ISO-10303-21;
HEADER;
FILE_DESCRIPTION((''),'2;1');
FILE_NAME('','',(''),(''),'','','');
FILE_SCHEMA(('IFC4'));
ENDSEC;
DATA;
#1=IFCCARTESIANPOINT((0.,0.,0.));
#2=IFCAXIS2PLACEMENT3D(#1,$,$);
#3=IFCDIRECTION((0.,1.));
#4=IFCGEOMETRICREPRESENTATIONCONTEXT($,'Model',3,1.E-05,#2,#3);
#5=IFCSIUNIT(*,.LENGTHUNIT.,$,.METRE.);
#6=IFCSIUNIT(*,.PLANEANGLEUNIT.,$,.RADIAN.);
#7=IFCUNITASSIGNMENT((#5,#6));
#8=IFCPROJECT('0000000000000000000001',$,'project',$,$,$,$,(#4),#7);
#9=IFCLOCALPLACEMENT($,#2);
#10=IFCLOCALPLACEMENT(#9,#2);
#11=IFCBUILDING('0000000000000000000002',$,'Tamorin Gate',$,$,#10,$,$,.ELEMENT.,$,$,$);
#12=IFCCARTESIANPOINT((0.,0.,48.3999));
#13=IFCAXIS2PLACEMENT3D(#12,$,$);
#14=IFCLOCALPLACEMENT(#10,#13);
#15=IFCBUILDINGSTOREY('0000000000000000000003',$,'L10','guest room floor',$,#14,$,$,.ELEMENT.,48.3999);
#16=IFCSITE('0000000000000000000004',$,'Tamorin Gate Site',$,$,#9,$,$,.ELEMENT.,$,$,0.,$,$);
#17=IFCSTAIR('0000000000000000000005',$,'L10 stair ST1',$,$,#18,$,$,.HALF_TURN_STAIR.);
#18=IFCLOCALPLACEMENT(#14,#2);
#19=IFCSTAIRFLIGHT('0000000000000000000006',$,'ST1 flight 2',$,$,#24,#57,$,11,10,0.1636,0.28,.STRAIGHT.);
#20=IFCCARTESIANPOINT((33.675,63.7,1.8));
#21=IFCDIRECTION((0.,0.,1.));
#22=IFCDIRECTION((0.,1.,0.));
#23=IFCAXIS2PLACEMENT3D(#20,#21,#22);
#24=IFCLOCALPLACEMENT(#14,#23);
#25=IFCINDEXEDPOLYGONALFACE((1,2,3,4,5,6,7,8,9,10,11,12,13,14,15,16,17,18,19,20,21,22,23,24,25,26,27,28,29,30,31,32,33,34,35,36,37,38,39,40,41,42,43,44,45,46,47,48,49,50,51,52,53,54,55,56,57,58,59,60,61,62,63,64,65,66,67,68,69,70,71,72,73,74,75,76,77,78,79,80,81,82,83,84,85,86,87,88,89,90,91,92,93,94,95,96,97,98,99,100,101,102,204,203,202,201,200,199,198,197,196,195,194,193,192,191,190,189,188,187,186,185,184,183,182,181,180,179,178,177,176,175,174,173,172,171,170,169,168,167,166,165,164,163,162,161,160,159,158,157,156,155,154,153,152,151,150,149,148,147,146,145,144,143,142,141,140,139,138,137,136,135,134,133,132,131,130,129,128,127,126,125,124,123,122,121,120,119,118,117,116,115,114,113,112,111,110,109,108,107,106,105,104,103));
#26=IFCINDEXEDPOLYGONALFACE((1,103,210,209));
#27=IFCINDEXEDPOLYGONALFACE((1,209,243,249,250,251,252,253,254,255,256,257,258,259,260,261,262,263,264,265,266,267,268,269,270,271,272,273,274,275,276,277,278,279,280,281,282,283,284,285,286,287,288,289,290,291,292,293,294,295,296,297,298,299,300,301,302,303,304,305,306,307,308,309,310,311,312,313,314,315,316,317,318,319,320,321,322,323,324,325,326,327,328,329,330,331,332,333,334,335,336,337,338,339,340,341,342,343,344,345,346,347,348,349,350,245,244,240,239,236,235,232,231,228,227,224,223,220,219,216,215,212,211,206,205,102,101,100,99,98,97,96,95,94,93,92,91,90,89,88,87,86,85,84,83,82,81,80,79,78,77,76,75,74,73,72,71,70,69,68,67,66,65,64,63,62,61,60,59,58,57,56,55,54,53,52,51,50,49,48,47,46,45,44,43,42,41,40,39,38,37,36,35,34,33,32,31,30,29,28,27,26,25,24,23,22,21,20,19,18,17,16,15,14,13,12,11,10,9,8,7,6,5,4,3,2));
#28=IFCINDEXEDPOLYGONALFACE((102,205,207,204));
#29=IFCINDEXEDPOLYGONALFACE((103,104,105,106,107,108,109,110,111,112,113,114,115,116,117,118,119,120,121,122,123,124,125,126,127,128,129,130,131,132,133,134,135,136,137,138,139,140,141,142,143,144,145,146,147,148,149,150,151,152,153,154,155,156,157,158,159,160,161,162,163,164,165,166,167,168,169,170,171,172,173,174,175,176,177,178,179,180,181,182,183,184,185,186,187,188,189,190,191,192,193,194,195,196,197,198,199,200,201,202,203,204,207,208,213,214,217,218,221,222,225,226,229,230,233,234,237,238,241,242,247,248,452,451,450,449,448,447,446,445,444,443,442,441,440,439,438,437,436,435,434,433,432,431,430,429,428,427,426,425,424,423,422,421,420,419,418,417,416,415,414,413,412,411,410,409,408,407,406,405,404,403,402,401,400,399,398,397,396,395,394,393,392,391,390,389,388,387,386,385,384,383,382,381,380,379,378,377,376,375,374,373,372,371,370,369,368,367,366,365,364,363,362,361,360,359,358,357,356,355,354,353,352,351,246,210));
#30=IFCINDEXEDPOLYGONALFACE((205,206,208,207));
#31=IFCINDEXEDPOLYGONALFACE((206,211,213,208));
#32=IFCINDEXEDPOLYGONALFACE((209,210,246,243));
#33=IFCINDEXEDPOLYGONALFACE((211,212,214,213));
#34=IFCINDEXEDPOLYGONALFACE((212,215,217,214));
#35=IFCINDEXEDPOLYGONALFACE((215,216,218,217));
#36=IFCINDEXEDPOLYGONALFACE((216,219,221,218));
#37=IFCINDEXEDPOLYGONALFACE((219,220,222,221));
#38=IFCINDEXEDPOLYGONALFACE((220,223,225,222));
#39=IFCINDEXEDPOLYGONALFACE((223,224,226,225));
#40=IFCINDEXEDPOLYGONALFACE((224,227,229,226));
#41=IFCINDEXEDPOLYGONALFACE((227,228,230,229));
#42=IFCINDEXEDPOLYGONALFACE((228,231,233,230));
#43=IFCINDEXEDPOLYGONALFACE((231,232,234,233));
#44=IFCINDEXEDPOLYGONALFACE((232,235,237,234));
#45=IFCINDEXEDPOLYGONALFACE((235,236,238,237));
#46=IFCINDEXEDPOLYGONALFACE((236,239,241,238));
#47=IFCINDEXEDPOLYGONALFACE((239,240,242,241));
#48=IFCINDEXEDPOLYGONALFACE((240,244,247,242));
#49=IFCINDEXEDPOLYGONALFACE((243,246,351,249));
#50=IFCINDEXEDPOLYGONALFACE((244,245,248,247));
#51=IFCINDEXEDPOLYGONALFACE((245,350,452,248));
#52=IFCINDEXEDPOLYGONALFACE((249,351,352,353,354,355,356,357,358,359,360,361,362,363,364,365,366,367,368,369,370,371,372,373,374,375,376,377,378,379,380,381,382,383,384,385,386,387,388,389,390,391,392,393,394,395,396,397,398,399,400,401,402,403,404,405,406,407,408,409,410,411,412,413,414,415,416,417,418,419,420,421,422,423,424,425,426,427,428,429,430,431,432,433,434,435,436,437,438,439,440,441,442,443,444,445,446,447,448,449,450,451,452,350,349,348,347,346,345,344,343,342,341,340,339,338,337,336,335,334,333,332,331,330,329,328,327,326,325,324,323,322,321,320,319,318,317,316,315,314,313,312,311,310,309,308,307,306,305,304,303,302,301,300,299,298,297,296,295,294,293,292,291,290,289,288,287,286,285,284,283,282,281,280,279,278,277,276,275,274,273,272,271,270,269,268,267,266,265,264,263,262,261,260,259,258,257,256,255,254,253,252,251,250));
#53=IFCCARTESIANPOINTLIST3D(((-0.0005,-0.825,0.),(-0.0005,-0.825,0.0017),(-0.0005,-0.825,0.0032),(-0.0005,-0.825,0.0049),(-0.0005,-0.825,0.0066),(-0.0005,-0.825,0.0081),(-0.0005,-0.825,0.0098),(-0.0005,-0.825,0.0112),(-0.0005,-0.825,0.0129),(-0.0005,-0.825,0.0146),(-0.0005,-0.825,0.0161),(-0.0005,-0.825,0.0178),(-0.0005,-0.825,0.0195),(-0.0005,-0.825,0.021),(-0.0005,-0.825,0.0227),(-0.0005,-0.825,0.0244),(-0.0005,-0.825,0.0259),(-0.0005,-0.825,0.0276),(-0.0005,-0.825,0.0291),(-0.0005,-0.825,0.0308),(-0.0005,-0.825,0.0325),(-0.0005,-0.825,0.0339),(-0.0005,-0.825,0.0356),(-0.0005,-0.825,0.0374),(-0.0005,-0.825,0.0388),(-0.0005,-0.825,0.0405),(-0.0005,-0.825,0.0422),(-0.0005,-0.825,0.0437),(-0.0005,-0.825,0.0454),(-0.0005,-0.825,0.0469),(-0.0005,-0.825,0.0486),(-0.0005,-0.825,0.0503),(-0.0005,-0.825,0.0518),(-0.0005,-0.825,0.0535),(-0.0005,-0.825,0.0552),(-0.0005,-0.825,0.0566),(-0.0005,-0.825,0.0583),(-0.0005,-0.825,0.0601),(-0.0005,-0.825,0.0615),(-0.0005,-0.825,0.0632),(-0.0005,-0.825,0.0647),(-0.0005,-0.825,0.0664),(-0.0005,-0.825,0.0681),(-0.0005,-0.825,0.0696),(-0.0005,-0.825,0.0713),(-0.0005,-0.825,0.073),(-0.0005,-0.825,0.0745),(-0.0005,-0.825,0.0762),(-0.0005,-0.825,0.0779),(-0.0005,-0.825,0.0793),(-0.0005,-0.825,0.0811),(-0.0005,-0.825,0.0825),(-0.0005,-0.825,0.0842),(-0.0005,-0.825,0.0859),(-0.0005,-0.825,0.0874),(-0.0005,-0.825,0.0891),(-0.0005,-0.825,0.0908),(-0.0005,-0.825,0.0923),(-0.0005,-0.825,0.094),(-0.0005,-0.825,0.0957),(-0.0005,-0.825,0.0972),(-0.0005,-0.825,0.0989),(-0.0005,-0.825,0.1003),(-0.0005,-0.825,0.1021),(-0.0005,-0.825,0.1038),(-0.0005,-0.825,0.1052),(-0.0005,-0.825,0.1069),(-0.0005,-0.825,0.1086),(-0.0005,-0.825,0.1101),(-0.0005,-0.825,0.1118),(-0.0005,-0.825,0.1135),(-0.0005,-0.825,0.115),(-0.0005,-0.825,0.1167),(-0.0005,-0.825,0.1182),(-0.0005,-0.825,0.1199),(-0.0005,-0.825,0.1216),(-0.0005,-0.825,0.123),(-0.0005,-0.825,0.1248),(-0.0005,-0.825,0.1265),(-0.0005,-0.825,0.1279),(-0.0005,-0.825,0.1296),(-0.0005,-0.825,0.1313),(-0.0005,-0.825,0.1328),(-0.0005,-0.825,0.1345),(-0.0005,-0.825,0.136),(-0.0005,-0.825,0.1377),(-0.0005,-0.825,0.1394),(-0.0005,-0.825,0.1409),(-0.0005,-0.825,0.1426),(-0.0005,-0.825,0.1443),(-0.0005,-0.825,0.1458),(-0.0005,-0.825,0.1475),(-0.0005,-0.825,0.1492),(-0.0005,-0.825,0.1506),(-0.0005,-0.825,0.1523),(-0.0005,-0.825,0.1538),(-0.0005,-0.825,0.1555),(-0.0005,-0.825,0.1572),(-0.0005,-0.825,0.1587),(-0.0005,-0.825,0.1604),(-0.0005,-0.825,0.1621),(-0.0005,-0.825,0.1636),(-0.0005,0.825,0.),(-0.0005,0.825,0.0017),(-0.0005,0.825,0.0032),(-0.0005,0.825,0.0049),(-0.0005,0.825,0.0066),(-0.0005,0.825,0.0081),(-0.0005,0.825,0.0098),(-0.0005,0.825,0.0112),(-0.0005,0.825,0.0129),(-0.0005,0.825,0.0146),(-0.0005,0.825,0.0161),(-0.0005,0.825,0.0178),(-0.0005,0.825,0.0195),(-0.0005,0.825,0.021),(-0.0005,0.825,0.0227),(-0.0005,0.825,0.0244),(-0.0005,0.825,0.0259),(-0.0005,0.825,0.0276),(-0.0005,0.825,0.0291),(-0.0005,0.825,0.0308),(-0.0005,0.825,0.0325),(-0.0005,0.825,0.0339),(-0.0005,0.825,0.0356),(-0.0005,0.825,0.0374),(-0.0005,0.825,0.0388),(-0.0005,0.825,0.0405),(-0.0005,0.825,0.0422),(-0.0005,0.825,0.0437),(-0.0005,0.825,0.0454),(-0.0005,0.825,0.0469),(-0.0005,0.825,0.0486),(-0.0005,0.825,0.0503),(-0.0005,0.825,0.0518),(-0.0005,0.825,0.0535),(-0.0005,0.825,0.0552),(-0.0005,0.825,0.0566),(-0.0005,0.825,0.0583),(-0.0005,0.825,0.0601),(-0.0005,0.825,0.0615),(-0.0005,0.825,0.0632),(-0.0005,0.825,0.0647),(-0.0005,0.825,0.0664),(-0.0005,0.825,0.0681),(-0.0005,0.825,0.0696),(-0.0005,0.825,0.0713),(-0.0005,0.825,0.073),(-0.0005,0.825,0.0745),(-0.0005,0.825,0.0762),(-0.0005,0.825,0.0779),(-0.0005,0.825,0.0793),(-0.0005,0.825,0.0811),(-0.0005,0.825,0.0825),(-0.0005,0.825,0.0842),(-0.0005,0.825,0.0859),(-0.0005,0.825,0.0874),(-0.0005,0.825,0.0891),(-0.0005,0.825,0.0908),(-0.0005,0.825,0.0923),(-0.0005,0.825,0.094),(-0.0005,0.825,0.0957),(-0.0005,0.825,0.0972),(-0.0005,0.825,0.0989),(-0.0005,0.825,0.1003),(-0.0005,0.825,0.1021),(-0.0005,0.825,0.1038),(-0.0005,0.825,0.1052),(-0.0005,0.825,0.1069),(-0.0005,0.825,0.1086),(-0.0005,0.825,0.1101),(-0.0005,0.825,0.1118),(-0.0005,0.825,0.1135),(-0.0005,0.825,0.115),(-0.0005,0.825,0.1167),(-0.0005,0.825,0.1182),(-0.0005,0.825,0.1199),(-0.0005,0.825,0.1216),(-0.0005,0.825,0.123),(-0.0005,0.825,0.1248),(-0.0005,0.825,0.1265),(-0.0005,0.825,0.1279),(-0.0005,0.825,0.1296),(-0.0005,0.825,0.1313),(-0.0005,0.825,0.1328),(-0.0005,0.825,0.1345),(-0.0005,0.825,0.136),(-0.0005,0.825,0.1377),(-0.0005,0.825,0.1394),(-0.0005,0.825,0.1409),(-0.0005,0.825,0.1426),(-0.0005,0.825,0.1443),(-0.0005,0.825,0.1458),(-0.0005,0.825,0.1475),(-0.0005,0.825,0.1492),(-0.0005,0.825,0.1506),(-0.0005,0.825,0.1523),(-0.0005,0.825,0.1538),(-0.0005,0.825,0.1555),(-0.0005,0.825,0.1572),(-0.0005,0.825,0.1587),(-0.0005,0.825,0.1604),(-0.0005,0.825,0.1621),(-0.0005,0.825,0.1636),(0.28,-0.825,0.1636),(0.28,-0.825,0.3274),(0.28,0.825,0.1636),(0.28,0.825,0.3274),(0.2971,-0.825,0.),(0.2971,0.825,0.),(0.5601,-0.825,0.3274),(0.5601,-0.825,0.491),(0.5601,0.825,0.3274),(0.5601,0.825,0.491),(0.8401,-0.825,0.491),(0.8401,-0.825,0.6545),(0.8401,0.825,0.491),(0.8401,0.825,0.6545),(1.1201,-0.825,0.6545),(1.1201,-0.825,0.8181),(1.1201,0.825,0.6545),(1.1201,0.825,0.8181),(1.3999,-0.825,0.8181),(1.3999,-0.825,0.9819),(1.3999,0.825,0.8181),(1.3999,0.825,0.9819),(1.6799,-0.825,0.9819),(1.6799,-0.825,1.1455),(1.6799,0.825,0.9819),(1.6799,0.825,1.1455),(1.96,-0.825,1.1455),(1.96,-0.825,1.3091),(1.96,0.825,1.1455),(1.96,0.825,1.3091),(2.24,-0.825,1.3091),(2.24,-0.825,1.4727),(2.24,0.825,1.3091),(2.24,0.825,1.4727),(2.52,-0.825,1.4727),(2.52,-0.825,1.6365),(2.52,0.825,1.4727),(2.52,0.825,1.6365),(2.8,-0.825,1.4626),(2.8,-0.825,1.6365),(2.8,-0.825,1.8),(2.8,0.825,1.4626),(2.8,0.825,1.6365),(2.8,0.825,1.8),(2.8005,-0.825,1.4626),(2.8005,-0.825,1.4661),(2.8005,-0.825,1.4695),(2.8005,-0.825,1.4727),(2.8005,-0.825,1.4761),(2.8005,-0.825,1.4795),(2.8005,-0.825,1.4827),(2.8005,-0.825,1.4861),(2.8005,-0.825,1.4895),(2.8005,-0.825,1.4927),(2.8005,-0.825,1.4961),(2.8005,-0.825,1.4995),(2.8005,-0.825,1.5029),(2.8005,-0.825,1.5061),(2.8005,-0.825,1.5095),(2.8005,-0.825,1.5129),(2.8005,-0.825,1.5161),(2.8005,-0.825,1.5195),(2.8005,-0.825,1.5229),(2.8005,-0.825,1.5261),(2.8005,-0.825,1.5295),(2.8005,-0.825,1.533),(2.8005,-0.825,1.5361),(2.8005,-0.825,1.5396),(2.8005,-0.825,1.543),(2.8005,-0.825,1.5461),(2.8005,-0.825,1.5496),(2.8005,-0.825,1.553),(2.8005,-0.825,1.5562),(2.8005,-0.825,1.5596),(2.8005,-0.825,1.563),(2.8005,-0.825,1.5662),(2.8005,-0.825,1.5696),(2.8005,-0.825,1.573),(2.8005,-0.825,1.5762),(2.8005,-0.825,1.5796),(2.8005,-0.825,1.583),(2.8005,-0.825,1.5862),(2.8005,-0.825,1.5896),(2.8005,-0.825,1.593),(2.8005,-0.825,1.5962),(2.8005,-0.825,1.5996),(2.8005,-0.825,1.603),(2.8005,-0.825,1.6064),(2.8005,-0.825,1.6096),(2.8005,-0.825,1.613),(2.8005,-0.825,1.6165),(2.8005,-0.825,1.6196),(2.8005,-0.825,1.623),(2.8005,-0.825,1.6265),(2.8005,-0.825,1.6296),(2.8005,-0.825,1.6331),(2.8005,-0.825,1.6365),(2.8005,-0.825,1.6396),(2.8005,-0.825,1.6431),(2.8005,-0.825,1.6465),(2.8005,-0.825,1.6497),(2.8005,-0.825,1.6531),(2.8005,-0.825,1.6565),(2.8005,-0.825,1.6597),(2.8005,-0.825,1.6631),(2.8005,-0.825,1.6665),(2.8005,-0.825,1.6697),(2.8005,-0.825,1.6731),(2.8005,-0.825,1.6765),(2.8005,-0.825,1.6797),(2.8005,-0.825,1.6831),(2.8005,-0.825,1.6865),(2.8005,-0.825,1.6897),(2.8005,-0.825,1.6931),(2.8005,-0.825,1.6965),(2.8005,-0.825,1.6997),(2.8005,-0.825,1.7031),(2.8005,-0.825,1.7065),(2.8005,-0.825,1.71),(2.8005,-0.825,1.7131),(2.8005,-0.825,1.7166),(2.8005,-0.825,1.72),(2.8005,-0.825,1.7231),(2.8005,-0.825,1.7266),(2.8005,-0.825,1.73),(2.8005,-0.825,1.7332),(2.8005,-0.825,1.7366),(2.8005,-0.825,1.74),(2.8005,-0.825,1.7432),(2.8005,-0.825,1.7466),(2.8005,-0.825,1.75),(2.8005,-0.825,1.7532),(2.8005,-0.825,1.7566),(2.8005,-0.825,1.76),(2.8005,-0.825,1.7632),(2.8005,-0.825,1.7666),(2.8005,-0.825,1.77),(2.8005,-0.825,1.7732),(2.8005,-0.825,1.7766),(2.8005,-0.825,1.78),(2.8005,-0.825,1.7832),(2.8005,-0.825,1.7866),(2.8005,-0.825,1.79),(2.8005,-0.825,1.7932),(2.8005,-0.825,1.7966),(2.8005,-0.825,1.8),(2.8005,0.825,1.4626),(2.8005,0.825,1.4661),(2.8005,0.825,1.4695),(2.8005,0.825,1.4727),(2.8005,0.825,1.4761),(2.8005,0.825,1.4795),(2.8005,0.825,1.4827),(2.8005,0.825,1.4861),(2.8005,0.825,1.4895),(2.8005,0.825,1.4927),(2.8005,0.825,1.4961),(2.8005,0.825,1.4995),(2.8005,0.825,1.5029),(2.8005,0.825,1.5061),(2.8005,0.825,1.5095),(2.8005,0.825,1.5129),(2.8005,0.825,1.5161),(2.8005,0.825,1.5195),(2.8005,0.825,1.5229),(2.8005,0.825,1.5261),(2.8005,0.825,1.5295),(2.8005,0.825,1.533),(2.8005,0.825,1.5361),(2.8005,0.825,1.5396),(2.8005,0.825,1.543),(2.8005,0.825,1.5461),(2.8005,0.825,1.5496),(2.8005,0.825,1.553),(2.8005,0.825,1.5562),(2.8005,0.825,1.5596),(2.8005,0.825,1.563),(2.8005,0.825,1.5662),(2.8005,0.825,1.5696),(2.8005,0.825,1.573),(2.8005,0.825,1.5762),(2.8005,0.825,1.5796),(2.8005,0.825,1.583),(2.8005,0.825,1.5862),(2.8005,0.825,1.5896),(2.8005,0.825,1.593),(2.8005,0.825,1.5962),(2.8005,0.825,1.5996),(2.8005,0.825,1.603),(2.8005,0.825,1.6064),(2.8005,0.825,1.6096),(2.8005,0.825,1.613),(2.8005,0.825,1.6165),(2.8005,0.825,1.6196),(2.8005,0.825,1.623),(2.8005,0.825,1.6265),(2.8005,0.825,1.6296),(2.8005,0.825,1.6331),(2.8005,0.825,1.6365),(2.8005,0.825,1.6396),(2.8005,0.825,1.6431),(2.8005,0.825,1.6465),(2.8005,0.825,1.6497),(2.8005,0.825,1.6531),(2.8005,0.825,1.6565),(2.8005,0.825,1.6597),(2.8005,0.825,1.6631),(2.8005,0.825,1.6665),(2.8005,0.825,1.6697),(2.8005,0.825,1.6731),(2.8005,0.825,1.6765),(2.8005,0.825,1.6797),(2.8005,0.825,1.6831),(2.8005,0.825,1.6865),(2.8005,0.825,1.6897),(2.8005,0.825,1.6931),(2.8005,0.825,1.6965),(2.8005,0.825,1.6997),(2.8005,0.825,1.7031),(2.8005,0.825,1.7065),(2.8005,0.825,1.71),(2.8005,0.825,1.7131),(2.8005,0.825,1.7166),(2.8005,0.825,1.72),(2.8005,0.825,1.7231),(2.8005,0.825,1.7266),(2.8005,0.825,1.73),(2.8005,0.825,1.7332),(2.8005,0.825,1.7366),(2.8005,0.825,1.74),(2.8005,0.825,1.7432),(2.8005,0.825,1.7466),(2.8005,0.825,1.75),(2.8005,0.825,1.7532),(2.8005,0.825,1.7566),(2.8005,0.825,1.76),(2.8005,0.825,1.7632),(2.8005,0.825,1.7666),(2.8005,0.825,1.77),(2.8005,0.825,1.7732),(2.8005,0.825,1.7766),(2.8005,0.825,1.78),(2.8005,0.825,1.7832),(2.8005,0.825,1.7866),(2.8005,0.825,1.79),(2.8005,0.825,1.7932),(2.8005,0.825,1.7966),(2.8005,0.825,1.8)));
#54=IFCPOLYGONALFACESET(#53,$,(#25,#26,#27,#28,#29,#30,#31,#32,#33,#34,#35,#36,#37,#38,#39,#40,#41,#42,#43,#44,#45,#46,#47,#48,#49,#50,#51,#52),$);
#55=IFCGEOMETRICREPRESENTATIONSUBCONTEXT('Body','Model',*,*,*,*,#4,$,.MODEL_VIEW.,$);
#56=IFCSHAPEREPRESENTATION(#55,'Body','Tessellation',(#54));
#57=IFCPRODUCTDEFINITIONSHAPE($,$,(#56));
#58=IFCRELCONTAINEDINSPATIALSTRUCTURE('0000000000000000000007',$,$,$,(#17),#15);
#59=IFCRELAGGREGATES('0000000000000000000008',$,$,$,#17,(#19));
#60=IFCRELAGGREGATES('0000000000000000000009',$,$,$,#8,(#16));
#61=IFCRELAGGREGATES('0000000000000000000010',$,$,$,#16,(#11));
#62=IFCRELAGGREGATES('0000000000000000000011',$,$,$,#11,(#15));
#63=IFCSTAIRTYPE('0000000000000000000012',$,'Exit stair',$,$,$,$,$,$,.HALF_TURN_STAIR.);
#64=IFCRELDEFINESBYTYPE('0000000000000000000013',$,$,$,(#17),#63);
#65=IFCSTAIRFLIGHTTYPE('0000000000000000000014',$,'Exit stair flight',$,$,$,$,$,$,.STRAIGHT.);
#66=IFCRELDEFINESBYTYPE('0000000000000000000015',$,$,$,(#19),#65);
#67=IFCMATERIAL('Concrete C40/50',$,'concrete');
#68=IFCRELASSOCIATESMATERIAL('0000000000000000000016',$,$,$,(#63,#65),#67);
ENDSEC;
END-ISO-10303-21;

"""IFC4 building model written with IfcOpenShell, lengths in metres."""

from ifc_helpers import new_model, si_unit, direction, frame, origin, place, context, subcontext, project, spatial, polyline, outline, extrude, material, type_object, element, aggregate, save


model = new_model("IFC4")

# Units and contexts
model_context = context("Model", 3, precision=1e-05, world=origin(), true_north=direction((0.0, 1.0)))
body_context = subcontext(model_context, "Body", "Model", "MODEL_VIEW")
ifc_project = project(units=[si_unit("LENGTHUNIT", "METRE"), si_unit("PLANEANGLEUNIT", "RADIAN")], contexts=[model_context])

# Site, building, storey
site_placement = place(None, origin())
site = spatial("IfcSite", under=ifc_project, at=site_placement, Name="Tamorin Gate Site", CompositionType="ELEMENT", RefElevation=0.0)
building_placement = place(site_placement, origin())
building = spatial("IfcBuilding", under=site, at=building_placement, Name="Tamorin Gate", CompositionType="ELEMENT")
storey_placement = place(building_placement, frame((0.0, 0.0, 48.3999)))
storey = spatial("IfcBuildingStorey", under=building, at=storey_placement, Name="L10", Description="guest room floor", CompositionType="ELEMENT", Elevation=48.3999)

# Shared definitions
ifc_material_1 = material(Name="Concrete C40/50", Category="concrete")

# Stair, stair flight
stair_type = type_object("IfcStairType", Name="Exit stair", PredefinedType="HALF_TURN_STAIR", material=ifc_material_1)
stair_placement = place(storey_placement, origin())
stair = element("IfcStair", 1, at=stair_placement, inside=storey, type_object=stair_type, Name="L10 stair ST1", PredefinedType="HALF_TURN_STAIR")
stair_flight_type = type_object("IfcStairFlightType", Name="Exit stair flight", PredefinedType="STRAIGHT", material=ifc_material_1)
stair_flight_1_placement = place(storey_placement, frame((33.675, 63.7, 1.8), z_axis=(0.0, 0.0, 1.0), x_axis=(0.0, 1.0, 0.0)))
stair_flight_1 = element("IfcStairFlight", 2, at=stair_flight_1_placement, type_object=stair_flight_type, Name="ST1 flight 2", NumberOfRisers=11, NumberOfTreads=10, PredefinedType="STRAIGHT", RiserHeight=0.1636, TreadLength=0.28, context=body_context, shape_type="SweptSolid", body=[
    extrude(outline(polyline([(-0.0005, 0.0), (-0.0005, 0.0017), (-0.0005, 0.0032), (-0.0005, 0.0049), (-0.0005, 0.0066), (-0.0005, 0.0081), (-0.0005, 0.0098), (-0.0005, 0.0112), (-0.0005, 0.0129), (-0.0005, 0.0146), (-0.0005, 0.0161), (-0.0005, 0.0178), (-0.0005, 0.0195), (-0.0005, 0.021), (-0.0005, 0.0227), (-0.0005, 0.0244), (-0.0005, 0.0259), (-0.0005, 0.0276), (-0.0005, 0.0291), (-0.0005, 0.0308), (-0.0005, 0.0325), (-0.0005, 0.0339), (-0.0005, 0.0356), (-0.0005, 0.0374), (-0.0005, 0.0388), (-0.0005, 0.0405), (-0.0005, 0.0422), (-0.0005, 0.0437), (-0.0005, 0.0454), (-0.0005, 0.0469), (-0.0005, 0.0486), (-0.0005, 0.0503), (-0.0005, 0.0518), (-0.0005, 0.0535), (-0.0005, 0.0552), (-0.0005, 0.0566), (-0.0005, 0.0583), (-0.0005, 0.0601), (-0.0005, 0.0615), (-0.0005, 0.0632), (-0.0005, 0.0647), (-0.0005, 0.0664), (-0.0005, 0.0681), (-0.0005, 0.0696), (-0.0005, 0.0713), (-0.0005, 0.073), (-0.0005, 0.0745), (-0.0005, 0.0762), (-0.0005, 0.0779), (-0.0005, 0.0793), (-0.0005, 0.0811), (-0.0005, 0.0825), (-0.0005, 0.0842), (-0.0005, 0.0859), (-0.0005, 0.0874), (-0.0005, 0.0891), (-0.0005, 0.0908), (-0.0005, 0.0923), (-0.0005, 0.094), (-0.0005, 0.0957), (-0.0005, 0.0972), (-0.0005, 0.0989), (-0.0005, 0.1003), (-0.0005, 0.1021), (-0.0005, 0.1038), (-0.0005, 0.1052), (-0.0005, 0.1069), (-0.0005, 0.1086), (-0.0005, 0.1101), (-0.0005, 0.1118), (-0.0005, 0.1135), (-0.0005, 0.115), (-0.0005, 0.1167), (-0.0005, 0.1182), (-0.0005, 0.1199), (-0.0005, 0.1216), (-0.0005, 0.123), (-0.0005, 0.1248), (-0.0005, 0.1265), (-0.0005, 0.1279), (-0.0005, 0.1296), (-0.0005, 0.1313), (-0.0005, 0.1328), (-0.0005, 0.1345), (-0.0005, 0.136), (-0.0005, 0.1377), (-0.0005, 0.1394), (-0.0005, 0.1409), (-0.0005, 0.1426), (-0.0005, 0.1443), (-0.0005, 0.1458), (-0.0005, 0.1475), (-0.0005, 0.1492), (-0.0005, 0.1506), (-0.0005, 0.1523), (-0.0005, 0.1538), (-0.0005, 0.1555), (-0.0005, 0.1572), (-0.0005, 0.1587), (-0.0005, 0.1604), (-0.0005, 0.1621), (-0.0005, 0.1636), (0.28, 0.1636), (0.28, 0.3274), (0.5601, 0.3274), (0.5601, 0.491), (0.8401, 0.491), (0.8401, 0.6545), (1.1201, 0.6545), (1.1201, 0.8181), (1.3999, 0.8181), (1.3999, 0.9819), (1.6799, 0.9819), (1.6799, 1.1455), (1.96, 1.1455), (1.96, 1.3091), (2.24, 1.3091), (2.24, 1.4727), (2.52, 1.4727), (2.52, 1.6365), (2.8, 1.6365), (2.8, 1.8), (2.8005, 1.8), (2.8005, 1.7966), (2.8005, 1.7932), (2.8005, 1.79), (2.8005, 1.7866), (2.8005, 1.7832), (2.8005, 1.78), (2.8005, 1.7766), (2.8005, 1.7732), (2.8005, 1.77), (2.8005, 1.7666), (2.8005, 1.7632), (2.8005, 1.76), (2.8005, 1.7566), (2.8005, 1.7532), (2.8005, 1.75), (2.8005, 1.7466), (2.8005, 1.7432), (2.8005, 1.74), (2.8005, 1.7366), (2.8005, 1.7332), (2.8005, 1.73), (2.8005, 1.7266), (2.8005, 1.7231), (2.8005, 1.72), (2.8005, 1.7166), (2.8005, 1.7131), (2.8005, 1.71), (2.8005, 1.7065), (2.8005, 1.7031), (2.8005, 1.6997), (2.8005, 1.6965), (2.8005, 1.6931), (2.8005, 1.6897), (2.8005, 1.6865), (2.8005, 1.6831), (2.8005, 1.6797), (2.8005, 1.6765), (2.8005, 1.6731), (2.8005, 1.6697), (2.8005, 1.6665), (2.8005, 1.6631), (2.8005, 1.6597), (2.8005, 1.6565), (2.8005, 1.6531), (2.8005, 1.6497), (2.8005, 1.6465), (2.8005, 1.6431), (2.8005, 1.6396), (2.8005, 1.6365), (2.8005, 1.6331), (2.8005, 1.6296), (2.8005, 1.6265), (2.8005, 1.623), (2.8005, 1.6196), (2.8005, 1.6165), (2.8005, 1.613), (2.8005, 1.6096), (2.8005, 1.6064), (2.8005, 1.603), (2.8005, 1.5996), (2.8005, 1.5962), (2.8005, 1.593), (2.8005, 1.5896), (2.8005, 1.5862), (2.8005, 1.583), (2.8005, 1.5796), (2.8005, 1.5762), (2.8005, 1.573), (2.8005, 1.5696), (2.8005, 1.5662), (2.8005, 1.563), (2.8005, 1.5596), (2.8005, 1.5562), (2.8005, 1.553), (2.8005, 1.5496), (2.8005, 1.5461), (2.8005, 1.543), (2.8005, 1.5396), (2.8005, 1.5361), (2.8005, 1.533), (2.8005, 1.5295), (2.8005, 1.5261), (2.8005, 1.5229), (2.8005, 1.5195), (2.8005, 1.5161), (2.8005, 1.5129), (2.8005, 1.5095), (2.8005, 1.5061), (2.8005, 1.5029), (2.8005, 1.4995), (2.8005, 1.4961), (2.8005, 1.4927), (2.8005, 1.4895), (2.8005, 1.4861), (2.8005, 1.4827), (2.8005, 1.4795), (2.8005, 1.4761), (2.8005, 1.4727), (2.8005, 1.4695), (2.8005, 1.4661), (2.8005, 1.4626), (2.8, 1.4626), (0.2971, 0.0), (-0.0005, 0.0)])), frame((0.0, 0.825, 0.0), z_axis=(0.0, -1.0, 0.0), x_axis=(1.0, 0.0, 0.0)), (0.0, 0.0, 1.0), 1.6499),
])
aggregate(stair, [stair_flight_1])

save(model, "model.ifc")
